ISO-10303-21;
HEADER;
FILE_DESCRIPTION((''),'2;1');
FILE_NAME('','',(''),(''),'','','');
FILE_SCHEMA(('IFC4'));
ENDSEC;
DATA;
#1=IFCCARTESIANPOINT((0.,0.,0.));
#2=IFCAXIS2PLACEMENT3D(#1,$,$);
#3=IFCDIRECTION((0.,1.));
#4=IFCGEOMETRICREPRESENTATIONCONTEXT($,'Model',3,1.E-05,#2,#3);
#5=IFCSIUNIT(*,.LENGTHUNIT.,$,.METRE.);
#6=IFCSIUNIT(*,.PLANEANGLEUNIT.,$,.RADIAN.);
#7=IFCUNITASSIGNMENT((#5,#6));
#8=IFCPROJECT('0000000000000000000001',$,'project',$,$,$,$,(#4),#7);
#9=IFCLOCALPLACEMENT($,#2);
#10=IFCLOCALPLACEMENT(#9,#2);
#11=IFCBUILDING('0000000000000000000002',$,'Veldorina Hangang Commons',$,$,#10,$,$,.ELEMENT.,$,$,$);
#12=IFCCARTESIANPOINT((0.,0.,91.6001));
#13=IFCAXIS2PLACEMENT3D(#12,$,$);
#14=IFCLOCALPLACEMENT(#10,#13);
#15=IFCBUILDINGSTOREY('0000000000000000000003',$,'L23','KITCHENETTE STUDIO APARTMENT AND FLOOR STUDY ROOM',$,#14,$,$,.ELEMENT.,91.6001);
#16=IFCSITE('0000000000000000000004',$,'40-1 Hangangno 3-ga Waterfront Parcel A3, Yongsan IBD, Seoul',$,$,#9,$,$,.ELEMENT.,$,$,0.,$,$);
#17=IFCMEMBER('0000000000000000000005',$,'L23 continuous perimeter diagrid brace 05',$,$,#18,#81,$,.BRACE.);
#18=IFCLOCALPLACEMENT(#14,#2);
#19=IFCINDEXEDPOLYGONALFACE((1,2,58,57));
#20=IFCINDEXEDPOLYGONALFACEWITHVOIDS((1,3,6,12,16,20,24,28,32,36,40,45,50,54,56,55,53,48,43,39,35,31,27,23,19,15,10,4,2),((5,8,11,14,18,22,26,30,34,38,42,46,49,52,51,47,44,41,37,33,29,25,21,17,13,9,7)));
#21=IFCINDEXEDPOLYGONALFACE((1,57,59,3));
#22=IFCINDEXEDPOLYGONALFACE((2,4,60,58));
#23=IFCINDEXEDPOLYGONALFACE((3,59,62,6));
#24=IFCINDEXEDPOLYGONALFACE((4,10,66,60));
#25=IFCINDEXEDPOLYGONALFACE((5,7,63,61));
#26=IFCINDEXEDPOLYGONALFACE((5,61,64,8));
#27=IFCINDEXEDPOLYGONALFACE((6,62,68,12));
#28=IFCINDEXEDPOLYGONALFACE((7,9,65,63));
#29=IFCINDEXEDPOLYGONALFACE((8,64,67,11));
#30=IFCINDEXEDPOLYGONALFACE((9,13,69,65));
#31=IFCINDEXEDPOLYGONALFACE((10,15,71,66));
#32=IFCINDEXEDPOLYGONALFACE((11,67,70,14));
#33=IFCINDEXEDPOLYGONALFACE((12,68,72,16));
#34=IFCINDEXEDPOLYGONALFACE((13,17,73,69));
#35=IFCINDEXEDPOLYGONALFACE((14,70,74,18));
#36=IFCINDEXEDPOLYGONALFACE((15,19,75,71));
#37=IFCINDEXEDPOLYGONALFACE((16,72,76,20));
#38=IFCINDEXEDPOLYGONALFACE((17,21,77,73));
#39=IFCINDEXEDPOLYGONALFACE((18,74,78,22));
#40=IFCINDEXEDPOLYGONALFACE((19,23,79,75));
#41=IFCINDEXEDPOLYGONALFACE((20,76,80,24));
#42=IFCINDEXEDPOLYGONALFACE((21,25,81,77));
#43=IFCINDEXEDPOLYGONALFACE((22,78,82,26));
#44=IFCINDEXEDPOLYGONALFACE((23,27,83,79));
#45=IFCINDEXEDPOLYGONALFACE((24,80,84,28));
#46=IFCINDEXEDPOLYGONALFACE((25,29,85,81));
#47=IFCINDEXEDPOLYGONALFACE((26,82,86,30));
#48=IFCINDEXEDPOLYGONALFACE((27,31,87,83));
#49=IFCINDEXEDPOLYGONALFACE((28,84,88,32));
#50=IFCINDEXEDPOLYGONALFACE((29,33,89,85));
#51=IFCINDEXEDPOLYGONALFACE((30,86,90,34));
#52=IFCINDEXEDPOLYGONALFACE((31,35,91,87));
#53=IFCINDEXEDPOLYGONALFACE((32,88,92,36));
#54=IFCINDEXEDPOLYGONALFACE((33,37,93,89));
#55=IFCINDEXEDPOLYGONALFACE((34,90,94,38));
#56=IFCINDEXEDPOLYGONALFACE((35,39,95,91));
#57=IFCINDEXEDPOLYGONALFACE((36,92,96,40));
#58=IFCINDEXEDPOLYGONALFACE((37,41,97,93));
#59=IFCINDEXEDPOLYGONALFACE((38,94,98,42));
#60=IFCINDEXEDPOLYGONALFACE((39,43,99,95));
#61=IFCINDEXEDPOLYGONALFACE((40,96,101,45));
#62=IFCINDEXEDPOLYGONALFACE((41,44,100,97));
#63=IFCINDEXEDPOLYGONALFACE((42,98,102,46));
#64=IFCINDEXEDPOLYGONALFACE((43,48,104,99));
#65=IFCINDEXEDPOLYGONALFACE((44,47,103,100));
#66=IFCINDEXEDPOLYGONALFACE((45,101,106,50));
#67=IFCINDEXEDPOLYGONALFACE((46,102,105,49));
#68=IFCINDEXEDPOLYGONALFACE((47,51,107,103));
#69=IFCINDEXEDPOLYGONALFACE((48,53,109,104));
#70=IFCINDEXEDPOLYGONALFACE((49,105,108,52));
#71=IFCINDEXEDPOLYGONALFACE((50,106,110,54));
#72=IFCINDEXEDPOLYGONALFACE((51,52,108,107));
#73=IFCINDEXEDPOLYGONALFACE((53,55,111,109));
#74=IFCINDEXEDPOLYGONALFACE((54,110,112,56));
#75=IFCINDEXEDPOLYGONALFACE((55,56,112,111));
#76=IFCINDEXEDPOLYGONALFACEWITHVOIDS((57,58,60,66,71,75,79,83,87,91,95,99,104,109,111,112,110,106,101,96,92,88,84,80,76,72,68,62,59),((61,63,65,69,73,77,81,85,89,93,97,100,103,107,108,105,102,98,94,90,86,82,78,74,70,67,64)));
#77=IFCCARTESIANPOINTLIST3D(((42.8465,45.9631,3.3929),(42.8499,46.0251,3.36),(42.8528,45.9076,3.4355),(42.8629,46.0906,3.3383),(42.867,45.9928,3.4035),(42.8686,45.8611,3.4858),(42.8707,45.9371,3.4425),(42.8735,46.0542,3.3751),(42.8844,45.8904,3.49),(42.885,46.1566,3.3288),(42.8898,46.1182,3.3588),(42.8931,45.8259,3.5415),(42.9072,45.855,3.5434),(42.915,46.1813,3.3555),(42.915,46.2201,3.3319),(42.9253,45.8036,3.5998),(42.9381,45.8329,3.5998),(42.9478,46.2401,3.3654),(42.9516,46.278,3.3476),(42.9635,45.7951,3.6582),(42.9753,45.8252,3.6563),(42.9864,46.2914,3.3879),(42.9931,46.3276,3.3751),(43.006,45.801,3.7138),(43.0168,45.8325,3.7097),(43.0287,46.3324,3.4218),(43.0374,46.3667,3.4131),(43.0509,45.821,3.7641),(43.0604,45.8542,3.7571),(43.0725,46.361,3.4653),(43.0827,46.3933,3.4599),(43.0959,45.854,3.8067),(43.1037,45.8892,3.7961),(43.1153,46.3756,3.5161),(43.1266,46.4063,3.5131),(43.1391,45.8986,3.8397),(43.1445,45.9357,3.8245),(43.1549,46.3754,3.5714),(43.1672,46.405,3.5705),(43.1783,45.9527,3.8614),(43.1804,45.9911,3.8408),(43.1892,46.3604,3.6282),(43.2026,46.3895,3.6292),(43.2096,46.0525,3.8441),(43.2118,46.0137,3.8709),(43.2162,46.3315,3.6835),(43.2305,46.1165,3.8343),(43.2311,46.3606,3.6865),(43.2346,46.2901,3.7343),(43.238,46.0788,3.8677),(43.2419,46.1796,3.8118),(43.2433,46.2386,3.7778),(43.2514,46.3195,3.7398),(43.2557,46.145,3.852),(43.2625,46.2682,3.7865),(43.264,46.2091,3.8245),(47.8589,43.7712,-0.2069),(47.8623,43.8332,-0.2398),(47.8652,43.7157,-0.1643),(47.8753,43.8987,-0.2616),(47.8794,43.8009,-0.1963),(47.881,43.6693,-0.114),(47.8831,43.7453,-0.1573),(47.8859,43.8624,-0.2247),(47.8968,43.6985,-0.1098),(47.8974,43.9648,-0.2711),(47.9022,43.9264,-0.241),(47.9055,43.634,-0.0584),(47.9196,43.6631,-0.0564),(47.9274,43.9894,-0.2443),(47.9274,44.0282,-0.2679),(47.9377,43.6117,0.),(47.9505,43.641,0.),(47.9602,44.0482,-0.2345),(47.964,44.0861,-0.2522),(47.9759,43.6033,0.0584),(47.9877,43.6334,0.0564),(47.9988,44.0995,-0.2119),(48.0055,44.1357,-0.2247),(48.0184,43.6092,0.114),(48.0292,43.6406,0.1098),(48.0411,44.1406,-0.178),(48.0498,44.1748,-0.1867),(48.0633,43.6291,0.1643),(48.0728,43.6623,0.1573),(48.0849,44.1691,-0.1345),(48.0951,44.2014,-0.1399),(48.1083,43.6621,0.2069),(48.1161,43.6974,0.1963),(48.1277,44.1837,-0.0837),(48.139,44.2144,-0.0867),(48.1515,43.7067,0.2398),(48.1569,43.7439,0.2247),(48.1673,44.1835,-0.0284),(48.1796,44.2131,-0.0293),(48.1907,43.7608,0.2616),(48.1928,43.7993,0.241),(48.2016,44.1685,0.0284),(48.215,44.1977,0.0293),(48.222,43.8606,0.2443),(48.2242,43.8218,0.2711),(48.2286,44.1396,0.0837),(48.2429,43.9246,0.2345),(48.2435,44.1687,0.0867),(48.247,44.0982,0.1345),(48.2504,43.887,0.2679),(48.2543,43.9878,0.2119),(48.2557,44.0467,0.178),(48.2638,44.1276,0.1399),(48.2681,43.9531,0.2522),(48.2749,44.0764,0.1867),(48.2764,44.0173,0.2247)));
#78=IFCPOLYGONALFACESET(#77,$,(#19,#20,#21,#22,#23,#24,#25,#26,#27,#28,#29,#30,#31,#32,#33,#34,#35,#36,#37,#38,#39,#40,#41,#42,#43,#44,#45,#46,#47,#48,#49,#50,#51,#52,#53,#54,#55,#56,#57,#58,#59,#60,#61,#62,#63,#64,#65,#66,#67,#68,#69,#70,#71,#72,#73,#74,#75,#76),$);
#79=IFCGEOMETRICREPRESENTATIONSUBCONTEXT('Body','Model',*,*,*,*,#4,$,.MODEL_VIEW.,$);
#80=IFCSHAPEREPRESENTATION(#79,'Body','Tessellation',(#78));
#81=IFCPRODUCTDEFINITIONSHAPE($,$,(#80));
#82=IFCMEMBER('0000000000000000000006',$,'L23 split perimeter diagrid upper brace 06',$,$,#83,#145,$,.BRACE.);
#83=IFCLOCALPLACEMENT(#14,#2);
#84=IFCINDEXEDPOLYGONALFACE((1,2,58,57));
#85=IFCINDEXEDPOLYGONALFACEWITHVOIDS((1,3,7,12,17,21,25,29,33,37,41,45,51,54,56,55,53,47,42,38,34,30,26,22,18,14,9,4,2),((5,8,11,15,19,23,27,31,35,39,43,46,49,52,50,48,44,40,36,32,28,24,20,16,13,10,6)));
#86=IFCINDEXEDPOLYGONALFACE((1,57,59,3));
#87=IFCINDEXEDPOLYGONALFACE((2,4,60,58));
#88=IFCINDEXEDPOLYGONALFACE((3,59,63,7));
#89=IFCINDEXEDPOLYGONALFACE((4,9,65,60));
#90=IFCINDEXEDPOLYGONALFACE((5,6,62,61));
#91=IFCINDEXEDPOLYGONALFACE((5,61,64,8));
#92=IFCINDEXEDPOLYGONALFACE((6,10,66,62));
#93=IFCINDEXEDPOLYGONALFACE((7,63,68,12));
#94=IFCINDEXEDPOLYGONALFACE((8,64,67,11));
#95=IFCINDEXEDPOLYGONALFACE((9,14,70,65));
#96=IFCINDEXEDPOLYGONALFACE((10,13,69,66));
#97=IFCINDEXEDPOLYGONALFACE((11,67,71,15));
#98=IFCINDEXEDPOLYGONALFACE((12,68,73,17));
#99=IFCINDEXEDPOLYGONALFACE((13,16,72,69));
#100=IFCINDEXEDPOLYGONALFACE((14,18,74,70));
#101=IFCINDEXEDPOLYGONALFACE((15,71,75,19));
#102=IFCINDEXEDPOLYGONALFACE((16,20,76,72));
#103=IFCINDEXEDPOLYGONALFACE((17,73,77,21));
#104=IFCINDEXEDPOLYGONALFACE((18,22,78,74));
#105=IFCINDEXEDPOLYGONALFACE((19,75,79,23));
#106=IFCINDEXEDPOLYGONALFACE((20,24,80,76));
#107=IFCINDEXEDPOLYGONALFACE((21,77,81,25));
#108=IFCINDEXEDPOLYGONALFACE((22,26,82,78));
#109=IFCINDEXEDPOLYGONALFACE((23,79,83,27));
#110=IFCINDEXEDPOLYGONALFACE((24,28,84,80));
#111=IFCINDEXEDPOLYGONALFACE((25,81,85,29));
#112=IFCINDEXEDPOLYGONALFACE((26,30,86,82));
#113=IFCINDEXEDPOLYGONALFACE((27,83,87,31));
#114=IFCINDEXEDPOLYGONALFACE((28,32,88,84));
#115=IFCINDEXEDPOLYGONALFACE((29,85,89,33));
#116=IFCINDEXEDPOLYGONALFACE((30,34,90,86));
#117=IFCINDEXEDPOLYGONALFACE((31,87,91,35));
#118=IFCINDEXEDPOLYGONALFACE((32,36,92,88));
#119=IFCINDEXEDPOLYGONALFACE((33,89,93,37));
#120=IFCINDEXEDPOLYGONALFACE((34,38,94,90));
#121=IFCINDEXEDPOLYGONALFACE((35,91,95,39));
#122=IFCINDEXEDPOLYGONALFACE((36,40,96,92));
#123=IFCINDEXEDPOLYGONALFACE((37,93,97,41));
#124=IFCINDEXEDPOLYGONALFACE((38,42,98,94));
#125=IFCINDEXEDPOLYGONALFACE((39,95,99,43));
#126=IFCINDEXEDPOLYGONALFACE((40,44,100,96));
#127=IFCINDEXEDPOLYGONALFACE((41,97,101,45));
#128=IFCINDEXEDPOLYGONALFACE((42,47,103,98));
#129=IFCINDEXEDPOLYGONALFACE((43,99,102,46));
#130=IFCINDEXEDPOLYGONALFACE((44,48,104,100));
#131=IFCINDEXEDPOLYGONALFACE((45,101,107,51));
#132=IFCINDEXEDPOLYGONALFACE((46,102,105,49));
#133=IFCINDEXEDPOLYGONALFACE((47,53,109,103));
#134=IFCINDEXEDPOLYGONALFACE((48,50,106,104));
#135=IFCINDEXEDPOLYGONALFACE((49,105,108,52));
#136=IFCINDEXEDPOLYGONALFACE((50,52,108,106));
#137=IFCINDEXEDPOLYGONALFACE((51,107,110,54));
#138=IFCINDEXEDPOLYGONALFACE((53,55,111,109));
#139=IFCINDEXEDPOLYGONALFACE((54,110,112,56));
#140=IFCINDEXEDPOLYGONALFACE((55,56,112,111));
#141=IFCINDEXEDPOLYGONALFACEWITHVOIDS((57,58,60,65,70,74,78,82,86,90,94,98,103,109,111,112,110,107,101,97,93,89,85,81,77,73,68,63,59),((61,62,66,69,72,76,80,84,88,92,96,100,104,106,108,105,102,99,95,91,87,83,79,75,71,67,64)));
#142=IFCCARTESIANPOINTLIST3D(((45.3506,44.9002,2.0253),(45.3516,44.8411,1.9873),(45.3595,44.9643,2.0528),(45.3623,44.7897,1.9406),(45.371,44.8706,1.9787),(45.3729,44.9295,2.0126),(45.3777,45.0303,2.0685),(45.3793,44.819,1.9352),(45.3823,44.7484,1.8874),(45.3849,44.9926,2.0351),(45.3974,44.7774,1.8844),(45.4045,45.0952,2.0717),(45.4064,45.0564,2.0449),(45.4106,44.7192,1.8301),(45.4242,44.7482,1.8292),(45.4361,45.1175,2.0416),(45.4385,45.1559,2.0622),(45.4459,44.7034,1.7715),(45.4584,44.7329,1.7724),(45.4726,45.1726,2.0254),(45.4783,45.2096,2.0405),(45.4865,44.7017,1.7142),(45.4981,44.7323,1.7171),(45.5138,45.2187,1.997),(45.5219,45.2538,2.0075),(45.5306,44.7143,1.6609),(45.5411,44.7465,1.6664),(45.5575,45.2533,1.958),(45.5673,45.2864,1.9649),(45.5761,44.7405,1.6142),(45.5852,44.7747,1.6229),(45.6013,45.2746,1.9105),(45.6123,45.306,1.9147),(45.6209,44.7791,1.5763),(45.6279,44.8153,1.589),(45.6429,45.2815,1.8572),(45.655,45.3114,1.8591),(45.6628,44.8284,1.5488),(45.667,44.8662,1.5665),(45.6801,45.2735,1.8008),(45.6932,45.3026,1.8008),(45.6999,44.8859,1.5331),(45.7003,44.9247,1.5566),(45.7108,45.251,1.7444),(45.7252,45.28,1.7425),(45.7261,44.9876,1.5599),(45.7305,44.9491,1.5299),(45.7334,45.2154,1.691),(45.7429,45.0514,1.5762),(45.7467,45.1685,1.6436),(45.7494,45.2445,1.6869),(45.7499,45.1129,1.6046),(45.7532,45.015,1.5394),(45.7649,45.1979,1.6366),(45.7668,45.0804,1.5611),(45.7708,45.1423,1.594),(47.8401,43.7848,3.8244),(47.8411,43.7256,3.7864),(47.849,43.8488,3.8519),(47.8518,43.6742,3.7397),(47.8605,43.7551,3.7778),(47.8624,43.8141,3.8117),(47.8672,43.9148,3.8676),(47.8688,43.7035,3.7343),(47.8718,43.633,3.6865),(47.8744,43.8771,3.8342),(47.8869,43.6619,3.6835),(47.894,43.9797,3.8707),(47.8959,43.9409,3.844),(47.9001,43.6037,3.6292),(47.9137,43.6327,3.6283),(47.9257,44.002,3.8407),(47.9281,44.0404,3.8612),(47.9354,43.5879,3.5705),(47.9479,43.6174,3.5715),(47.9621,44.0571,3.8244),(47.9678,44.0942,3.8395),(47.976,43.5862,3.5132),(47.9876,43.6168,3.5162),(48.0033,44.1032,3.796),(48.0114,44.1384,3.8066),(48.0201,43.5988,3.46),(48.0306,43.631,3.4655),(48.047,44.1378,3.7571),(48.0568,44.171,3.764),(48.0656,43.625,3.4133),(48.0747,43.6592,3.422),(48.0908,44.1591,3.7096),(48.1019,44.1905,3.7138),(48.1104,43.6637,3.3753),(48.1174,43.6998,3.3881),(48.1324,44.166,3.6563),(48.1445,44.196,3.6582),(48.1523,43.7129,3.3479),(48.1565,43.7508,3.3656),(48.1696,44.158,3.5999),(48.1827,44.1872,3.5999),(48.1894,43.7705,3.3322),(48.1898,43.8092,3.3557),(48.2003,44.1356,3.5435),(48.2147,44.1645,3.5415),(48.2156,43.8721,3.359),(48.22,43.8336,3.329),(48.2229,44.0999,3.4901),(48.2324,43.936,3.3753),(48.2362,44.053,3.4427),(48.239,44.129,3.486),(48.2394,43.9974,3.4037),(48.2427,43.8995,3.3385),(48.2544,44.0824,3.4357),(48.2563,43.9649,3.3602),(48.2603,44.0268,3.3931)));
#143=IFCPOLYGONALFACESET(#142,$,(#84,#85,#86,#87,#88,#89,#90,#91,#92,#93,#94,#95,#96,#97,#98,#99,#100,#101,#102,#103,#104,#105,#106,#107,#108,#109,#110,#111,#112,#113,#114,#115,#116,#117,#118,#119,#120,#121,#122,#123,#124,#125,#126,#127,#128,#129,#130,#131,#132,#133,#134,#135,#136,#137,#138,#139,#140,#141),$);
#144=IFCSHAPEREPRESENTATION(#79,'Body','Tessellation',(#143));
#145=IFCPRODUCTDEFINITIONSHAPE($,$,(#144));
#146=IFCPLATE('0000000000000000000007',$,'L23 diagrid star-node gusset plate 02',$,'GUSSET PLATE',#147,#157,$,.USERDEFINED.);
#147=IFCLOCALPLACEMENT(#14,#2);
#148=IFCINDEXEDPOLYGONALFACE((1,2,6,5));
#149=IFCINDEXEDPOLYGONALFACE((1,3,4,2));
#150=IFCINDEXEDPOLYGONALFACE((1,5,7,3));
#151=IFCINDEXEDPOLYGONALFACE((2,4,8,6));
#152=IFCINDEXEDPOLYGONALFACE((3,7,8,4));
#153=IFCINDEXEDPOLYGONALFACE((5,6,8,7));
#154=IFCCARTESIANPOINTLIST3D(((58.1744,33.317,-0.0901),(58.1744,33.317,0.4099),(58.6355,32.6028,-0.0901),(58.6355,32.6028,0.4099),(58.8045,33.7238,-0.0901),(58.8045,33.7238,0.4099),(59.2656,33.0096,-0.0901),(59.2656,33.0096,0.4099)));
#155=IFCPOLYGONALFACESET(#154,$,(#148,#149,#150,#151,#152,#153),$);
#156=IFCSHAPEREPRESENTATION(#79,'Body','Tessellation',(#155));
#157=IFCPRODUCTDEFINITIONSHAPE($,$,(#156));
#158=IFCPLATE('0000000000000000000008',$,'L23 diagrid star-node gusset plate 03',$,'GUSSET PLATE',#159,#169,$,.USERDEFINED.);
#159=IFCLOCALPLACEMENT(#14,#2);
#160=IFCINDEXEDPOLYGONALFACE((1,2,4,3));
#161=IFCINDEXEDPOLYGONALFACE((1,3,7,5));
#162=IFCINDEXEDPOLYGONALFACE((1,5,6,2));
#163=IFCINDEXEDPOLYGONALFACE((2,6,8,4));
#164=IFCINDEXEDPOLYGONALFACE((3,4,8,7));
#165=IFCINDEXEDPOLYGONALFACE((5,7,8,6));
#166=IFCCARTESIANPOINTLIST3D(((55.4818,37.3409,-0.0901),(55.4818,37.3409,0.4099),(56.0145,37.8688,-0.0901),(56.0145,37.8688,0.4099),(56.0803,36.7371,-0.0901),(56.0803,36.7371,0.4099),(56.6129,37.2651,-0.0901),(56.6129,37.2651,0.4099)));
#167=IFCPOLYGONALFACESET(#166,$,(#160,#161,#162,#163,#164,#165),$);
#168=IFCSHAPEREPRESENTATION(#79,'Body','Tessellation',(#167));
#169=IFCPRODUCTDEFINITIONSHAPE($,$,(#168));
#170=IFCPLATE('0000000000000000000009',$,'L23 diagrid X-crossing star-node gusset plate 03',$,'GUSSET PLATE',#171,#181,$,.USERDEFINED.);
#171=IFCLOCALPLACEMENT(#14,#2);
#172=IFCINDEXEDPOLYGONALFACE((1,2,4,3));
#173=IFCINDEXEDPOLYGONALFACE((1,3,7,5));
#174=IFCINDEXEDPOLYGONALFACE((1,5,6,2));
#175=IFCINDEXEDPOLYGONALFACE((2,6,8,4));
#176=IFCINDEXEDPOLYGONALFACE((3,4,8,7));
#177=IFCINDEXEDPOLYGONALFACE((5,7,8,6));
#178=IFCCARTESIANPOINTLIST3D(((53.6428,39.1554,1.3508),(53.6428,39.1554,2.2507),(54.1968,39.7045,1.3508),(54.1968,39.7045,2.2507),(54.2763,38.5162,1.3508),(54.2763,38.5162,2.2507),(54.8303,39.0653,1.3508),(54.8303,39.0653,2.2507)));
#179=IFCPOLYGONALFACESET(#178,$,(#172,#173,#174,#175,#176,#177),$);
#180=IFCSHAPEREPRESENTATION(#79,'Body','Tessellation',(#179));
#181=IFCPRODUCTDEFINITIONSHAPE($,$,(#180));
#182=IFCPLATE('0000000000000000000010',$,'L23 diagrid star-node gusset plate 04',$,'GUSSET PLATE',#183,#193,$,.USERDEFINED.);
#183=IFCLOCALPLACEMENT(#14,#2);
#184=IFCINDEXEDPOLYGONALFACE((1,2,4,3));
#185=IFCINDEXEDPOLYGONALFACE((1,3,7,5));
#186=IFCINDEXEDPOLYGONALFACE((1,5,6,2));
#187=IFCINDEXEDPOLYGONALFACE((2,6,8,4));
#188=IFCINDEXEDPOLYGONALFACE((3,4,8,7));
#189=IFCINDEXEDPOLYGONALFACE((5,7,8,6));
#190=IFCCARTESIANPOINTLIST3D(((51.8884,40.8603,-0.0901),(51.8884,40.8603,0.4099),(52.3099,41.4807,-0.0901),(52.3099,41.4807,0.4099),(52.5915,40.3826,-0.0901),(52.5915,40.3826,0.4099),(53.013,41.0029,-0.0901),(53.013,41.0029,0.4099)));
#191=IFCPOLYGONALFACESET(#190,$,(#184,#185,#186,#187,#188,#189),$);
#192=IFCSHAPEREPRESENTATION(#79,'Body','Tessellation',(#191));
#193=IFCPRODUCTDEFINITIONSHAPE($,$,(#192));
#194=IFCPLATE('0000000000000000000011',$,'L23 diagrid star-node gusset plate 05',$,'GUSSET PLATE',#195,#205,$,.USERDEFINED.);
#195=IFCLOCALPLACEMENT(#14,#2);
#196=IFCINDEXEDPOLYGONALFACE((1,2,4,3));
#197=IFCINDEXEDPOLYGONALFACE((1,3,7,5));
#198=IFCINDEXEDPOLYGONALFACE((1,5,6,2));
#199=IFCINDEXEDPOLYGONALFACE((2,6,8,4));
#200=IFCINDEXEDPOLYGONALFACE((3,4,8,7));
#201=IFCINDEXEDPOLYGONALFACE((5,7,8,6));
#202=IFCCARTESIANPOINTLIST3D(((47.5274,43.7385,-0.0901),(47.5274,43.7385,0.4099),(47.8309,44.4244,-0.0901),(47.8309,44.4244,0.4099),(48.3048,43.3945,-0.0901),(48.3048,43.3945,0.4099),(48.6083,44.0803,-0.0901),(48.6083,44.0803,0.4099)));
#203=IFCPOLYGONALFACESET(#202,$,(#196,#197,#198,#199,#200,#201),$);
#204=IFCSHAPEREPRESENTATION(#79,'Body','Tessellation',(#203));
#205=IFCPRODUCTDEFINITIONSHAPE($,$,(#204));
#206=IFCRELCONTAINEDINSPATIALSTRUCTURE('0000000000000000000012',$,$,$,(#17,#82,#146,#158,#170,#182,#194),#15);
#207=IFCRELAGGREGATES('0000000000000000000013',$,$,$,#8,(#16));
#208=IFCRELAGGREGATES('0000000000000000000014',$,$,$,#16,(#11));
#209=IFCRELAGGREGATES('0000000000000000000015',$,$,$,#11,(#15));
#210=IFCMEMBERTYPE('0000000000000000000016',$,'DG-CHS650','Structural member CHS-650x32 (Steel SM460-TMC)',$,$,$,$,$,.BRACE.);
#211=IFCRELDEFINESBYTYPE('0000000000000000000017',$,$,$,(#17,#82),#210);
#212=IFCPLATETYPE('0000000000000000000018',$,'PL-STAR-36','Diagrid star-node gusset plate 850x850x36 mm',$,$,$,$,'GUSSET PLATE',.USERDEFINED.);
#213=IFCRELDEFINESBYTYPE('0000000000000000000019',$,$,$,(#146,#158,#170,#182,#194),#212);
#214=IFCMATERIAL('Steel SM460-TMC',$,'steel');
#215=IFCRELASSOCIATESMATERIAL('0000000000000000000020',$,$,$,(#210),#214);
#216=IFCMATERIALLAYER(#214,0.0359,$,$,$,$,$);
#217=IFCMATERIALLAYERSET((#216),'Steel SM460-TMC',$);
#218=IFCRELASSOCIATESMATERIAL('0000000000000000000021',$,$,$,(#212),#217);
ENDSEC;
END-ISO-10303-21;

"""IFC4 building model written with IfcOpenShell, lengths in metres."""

from ifc_helpers import new_model, si_unit, direction, frame, origin, origin_2d, place, context, subcontext, project, spatial, rectangle, hollow_circle, extrude, material, layer, layer_set, material_profile, profile_set, type_object, element, save


model = new_model("IFC4")

# Units and contexts
model_context = context("Model", 3, precision=1e-05, world=origin(), true_north=direction((0.0, 1.0)))
body_context = subcontext(model_context, "Body", "Model", "MODEL_VIEW")
ifc_project = project(units=[si_unit("LENGTHUNIT", "METRE"), si_unit("PLANEANGLEUNIT", "RADIAN")], contexts=[model_context])

# Site, building, storey
site_placement = place(None, origin())
site = spatial("IfcSite", under=ifc_project, at=site_placement, Name="40-1 Hangangno 3-ga Waterfront Parcel A3, Yongsan IBD, Seoul", CompositionType="ELEMENT", RefElevation=0.0)
building_placement = place(site_placement, origin())
building = spatial("IfcBuilding", under=site, at=building_placement, Name="Veldorina Hangang Commons", CompositionType="ELEMENT")
storey_placement = place(building_placement, frame((0.0, 0.0, 91.6001)))
storey = spatial("IfcBuildingStorey", under=building, at=storey_placement, Name="L23", Description="KITCHENETTE STUDIO APARTMENT AND FLOOR STUDY ROOM", CompositionType="ELEMENT", Elevation=91.6001)

# Members
ifc_material_1 = material(Name="Steel SM460-TMC", Category="steel")
ifc_material_profile_1 = material_profile(ifc_material_1, hollow_circle(Radius=0.325, WallThickness=0.032, at=origin_2d()), Name="CHS-650x32")
ifc_profile_set_1 = profile_set([ifc_material_profile_1], Name="Steel SM460-TMC")
member_type = type_object("IfcMemberType", Name="DG-CHS650", Description="Structural member CHS-650x32 (Steel SM460-TMC)", PredefinedType="BRACE", material=ifc_profile_set_1)
member_1_placement = place(storey_placement, frame((48.0679, 43.9094, 0.0), z_axis=(-0.765389, 0.334697, 0.549689), x_axis=(-0.400657, -0.916228, 0.0)))
element("IfcMember", 1, at=member_1_placement, inside=storey, type_object=member_type, Name="L23 continuous perimeter diagrid brace 05", PredefinedType="BRACE", context=body_context, shape_type="SweptSolid", body=[
    extrude(hollow_circle(Radius=0.325, WallThickness=0.032, at=origin_2d()), origin(), (0.0, 0.0, 1.0), 6.5488),
])
member_2_placement = place(storey_placement, frame((45.5603, 45.0061, 1.8008), z_axis=(0.761826, -0.341354, 0.550544), x_axis=(0.408902, 0.912578, 0.0)))
element("IfcMember", 2, at=member_2_placement, inside=storey, type_object=member_type, Name="L23 split perimeter diagrid upper brace 06", PredefinedType="BRACE", context=body_context, shape_type="SweptSolid", body=[
    extrude(hollow_circle(Radius=0.325, WallThickness=0.032, at=origin_2d()), origin(), (0.0, 0.0, 1.0), 3.2678),
])

# Plates
ifc_layer_1 = layer(ifc_material_1, 0.0359)
ifc_layer_set_1 = layer_set([ifc_layer_1], Name="Steel SM460-TMC")
plate_type = type_object("IfcPlateType", Name="PL-STAR-36", Description="Diagrid star-node gusset plate 850x850x36 mm", ElementType="GUSSET PLATE", PredefinedType="USERDEFINED", material=ifc_layer_set_1)
for number, where, z_axis, x_axis, name in (
    (3, (58.72, 33.1633, -0.0901), (0.0, 0.0, 1.0), (-0.542398, 0.840122, 0.0), "L23 diagrid star-node gusset plate 02"),
    (4, (56.0474, 37.303, -0.0901), (0.0, 0.0, 1.0), (-0.703978, 0.710222, 0.0), "L23 diagrid star-node gusset plate 03"),
):
    element("IfcPlate", number, at=place(storey_placement, frame(where, z_axis=z_axis, x_axis=x_axis)), inside=storey, type_object=plate_type, Name=name, ObjectType="GUSSET PLATE", PredefinedType="USERDEFINED", context=body_context, shape_type="SweptSolid", body=[
        extrude(rectangle(XDim=0.8501, YDim=0.75, at=origin_2d()), origin(), (0.0, 0.0, 1.0), 0.5),
    ])
plate_1_placement = place(storey_placement, frame((54.2366, 39.1104, 1.3508), z_axis=(0.0, 0.0, 1.0), x_axis=(-0.703978, 0.710222, 0.0)))
element("IfcPlate", 5, at=plate_1_placement, inside=storey, type_object=plate_type, Name="L23 diagrid X-crossing star-node gusset plate 03", ObjectType="GUSSET PLATE", PredefinedType="USERDEFINED", context=body_context, shape_type="SweptSolid", body=[
    extrude(rectangle(XDim=0.8999, YDim=0.78, at=origin_2d()), origin(), (0.0, 0.0, 1.0), 0.8999),
])
for number, where, z_axis, x_axis, name in (
    (6, (52.4507, 40.9316, -0.0901), (0.0, 0.0, 1.0), (-0.827139, 0.561997, 0.0), "L23 diagrid star-node gusset plate 04"),
    (7, (48.0679, 43.9094, -0.0901), (0.0, 0.0, 1.0), (-0.914452, 0.404695, 0.0), "L23 diagrid star-node gusset plate 05"),
):
    element("IfcPlate", number, at=place(storey_placement, frame(where, z_axis=z_axis, x_axis=x_axis)), inside=storey, type_object=plate_type, Name=name, ObjectType="GUSSET PLATE", PredefinedType="USERDEFINED", context=body_context, shape_type="SweptSolid", body=[
        extrude(rectangle(XDim=0.8501, YDim=0.75, at=origin_2d()), origin(), (0.0, 0.0, 1.0), 0.5),
    ])

save(model, "model.ifc")
